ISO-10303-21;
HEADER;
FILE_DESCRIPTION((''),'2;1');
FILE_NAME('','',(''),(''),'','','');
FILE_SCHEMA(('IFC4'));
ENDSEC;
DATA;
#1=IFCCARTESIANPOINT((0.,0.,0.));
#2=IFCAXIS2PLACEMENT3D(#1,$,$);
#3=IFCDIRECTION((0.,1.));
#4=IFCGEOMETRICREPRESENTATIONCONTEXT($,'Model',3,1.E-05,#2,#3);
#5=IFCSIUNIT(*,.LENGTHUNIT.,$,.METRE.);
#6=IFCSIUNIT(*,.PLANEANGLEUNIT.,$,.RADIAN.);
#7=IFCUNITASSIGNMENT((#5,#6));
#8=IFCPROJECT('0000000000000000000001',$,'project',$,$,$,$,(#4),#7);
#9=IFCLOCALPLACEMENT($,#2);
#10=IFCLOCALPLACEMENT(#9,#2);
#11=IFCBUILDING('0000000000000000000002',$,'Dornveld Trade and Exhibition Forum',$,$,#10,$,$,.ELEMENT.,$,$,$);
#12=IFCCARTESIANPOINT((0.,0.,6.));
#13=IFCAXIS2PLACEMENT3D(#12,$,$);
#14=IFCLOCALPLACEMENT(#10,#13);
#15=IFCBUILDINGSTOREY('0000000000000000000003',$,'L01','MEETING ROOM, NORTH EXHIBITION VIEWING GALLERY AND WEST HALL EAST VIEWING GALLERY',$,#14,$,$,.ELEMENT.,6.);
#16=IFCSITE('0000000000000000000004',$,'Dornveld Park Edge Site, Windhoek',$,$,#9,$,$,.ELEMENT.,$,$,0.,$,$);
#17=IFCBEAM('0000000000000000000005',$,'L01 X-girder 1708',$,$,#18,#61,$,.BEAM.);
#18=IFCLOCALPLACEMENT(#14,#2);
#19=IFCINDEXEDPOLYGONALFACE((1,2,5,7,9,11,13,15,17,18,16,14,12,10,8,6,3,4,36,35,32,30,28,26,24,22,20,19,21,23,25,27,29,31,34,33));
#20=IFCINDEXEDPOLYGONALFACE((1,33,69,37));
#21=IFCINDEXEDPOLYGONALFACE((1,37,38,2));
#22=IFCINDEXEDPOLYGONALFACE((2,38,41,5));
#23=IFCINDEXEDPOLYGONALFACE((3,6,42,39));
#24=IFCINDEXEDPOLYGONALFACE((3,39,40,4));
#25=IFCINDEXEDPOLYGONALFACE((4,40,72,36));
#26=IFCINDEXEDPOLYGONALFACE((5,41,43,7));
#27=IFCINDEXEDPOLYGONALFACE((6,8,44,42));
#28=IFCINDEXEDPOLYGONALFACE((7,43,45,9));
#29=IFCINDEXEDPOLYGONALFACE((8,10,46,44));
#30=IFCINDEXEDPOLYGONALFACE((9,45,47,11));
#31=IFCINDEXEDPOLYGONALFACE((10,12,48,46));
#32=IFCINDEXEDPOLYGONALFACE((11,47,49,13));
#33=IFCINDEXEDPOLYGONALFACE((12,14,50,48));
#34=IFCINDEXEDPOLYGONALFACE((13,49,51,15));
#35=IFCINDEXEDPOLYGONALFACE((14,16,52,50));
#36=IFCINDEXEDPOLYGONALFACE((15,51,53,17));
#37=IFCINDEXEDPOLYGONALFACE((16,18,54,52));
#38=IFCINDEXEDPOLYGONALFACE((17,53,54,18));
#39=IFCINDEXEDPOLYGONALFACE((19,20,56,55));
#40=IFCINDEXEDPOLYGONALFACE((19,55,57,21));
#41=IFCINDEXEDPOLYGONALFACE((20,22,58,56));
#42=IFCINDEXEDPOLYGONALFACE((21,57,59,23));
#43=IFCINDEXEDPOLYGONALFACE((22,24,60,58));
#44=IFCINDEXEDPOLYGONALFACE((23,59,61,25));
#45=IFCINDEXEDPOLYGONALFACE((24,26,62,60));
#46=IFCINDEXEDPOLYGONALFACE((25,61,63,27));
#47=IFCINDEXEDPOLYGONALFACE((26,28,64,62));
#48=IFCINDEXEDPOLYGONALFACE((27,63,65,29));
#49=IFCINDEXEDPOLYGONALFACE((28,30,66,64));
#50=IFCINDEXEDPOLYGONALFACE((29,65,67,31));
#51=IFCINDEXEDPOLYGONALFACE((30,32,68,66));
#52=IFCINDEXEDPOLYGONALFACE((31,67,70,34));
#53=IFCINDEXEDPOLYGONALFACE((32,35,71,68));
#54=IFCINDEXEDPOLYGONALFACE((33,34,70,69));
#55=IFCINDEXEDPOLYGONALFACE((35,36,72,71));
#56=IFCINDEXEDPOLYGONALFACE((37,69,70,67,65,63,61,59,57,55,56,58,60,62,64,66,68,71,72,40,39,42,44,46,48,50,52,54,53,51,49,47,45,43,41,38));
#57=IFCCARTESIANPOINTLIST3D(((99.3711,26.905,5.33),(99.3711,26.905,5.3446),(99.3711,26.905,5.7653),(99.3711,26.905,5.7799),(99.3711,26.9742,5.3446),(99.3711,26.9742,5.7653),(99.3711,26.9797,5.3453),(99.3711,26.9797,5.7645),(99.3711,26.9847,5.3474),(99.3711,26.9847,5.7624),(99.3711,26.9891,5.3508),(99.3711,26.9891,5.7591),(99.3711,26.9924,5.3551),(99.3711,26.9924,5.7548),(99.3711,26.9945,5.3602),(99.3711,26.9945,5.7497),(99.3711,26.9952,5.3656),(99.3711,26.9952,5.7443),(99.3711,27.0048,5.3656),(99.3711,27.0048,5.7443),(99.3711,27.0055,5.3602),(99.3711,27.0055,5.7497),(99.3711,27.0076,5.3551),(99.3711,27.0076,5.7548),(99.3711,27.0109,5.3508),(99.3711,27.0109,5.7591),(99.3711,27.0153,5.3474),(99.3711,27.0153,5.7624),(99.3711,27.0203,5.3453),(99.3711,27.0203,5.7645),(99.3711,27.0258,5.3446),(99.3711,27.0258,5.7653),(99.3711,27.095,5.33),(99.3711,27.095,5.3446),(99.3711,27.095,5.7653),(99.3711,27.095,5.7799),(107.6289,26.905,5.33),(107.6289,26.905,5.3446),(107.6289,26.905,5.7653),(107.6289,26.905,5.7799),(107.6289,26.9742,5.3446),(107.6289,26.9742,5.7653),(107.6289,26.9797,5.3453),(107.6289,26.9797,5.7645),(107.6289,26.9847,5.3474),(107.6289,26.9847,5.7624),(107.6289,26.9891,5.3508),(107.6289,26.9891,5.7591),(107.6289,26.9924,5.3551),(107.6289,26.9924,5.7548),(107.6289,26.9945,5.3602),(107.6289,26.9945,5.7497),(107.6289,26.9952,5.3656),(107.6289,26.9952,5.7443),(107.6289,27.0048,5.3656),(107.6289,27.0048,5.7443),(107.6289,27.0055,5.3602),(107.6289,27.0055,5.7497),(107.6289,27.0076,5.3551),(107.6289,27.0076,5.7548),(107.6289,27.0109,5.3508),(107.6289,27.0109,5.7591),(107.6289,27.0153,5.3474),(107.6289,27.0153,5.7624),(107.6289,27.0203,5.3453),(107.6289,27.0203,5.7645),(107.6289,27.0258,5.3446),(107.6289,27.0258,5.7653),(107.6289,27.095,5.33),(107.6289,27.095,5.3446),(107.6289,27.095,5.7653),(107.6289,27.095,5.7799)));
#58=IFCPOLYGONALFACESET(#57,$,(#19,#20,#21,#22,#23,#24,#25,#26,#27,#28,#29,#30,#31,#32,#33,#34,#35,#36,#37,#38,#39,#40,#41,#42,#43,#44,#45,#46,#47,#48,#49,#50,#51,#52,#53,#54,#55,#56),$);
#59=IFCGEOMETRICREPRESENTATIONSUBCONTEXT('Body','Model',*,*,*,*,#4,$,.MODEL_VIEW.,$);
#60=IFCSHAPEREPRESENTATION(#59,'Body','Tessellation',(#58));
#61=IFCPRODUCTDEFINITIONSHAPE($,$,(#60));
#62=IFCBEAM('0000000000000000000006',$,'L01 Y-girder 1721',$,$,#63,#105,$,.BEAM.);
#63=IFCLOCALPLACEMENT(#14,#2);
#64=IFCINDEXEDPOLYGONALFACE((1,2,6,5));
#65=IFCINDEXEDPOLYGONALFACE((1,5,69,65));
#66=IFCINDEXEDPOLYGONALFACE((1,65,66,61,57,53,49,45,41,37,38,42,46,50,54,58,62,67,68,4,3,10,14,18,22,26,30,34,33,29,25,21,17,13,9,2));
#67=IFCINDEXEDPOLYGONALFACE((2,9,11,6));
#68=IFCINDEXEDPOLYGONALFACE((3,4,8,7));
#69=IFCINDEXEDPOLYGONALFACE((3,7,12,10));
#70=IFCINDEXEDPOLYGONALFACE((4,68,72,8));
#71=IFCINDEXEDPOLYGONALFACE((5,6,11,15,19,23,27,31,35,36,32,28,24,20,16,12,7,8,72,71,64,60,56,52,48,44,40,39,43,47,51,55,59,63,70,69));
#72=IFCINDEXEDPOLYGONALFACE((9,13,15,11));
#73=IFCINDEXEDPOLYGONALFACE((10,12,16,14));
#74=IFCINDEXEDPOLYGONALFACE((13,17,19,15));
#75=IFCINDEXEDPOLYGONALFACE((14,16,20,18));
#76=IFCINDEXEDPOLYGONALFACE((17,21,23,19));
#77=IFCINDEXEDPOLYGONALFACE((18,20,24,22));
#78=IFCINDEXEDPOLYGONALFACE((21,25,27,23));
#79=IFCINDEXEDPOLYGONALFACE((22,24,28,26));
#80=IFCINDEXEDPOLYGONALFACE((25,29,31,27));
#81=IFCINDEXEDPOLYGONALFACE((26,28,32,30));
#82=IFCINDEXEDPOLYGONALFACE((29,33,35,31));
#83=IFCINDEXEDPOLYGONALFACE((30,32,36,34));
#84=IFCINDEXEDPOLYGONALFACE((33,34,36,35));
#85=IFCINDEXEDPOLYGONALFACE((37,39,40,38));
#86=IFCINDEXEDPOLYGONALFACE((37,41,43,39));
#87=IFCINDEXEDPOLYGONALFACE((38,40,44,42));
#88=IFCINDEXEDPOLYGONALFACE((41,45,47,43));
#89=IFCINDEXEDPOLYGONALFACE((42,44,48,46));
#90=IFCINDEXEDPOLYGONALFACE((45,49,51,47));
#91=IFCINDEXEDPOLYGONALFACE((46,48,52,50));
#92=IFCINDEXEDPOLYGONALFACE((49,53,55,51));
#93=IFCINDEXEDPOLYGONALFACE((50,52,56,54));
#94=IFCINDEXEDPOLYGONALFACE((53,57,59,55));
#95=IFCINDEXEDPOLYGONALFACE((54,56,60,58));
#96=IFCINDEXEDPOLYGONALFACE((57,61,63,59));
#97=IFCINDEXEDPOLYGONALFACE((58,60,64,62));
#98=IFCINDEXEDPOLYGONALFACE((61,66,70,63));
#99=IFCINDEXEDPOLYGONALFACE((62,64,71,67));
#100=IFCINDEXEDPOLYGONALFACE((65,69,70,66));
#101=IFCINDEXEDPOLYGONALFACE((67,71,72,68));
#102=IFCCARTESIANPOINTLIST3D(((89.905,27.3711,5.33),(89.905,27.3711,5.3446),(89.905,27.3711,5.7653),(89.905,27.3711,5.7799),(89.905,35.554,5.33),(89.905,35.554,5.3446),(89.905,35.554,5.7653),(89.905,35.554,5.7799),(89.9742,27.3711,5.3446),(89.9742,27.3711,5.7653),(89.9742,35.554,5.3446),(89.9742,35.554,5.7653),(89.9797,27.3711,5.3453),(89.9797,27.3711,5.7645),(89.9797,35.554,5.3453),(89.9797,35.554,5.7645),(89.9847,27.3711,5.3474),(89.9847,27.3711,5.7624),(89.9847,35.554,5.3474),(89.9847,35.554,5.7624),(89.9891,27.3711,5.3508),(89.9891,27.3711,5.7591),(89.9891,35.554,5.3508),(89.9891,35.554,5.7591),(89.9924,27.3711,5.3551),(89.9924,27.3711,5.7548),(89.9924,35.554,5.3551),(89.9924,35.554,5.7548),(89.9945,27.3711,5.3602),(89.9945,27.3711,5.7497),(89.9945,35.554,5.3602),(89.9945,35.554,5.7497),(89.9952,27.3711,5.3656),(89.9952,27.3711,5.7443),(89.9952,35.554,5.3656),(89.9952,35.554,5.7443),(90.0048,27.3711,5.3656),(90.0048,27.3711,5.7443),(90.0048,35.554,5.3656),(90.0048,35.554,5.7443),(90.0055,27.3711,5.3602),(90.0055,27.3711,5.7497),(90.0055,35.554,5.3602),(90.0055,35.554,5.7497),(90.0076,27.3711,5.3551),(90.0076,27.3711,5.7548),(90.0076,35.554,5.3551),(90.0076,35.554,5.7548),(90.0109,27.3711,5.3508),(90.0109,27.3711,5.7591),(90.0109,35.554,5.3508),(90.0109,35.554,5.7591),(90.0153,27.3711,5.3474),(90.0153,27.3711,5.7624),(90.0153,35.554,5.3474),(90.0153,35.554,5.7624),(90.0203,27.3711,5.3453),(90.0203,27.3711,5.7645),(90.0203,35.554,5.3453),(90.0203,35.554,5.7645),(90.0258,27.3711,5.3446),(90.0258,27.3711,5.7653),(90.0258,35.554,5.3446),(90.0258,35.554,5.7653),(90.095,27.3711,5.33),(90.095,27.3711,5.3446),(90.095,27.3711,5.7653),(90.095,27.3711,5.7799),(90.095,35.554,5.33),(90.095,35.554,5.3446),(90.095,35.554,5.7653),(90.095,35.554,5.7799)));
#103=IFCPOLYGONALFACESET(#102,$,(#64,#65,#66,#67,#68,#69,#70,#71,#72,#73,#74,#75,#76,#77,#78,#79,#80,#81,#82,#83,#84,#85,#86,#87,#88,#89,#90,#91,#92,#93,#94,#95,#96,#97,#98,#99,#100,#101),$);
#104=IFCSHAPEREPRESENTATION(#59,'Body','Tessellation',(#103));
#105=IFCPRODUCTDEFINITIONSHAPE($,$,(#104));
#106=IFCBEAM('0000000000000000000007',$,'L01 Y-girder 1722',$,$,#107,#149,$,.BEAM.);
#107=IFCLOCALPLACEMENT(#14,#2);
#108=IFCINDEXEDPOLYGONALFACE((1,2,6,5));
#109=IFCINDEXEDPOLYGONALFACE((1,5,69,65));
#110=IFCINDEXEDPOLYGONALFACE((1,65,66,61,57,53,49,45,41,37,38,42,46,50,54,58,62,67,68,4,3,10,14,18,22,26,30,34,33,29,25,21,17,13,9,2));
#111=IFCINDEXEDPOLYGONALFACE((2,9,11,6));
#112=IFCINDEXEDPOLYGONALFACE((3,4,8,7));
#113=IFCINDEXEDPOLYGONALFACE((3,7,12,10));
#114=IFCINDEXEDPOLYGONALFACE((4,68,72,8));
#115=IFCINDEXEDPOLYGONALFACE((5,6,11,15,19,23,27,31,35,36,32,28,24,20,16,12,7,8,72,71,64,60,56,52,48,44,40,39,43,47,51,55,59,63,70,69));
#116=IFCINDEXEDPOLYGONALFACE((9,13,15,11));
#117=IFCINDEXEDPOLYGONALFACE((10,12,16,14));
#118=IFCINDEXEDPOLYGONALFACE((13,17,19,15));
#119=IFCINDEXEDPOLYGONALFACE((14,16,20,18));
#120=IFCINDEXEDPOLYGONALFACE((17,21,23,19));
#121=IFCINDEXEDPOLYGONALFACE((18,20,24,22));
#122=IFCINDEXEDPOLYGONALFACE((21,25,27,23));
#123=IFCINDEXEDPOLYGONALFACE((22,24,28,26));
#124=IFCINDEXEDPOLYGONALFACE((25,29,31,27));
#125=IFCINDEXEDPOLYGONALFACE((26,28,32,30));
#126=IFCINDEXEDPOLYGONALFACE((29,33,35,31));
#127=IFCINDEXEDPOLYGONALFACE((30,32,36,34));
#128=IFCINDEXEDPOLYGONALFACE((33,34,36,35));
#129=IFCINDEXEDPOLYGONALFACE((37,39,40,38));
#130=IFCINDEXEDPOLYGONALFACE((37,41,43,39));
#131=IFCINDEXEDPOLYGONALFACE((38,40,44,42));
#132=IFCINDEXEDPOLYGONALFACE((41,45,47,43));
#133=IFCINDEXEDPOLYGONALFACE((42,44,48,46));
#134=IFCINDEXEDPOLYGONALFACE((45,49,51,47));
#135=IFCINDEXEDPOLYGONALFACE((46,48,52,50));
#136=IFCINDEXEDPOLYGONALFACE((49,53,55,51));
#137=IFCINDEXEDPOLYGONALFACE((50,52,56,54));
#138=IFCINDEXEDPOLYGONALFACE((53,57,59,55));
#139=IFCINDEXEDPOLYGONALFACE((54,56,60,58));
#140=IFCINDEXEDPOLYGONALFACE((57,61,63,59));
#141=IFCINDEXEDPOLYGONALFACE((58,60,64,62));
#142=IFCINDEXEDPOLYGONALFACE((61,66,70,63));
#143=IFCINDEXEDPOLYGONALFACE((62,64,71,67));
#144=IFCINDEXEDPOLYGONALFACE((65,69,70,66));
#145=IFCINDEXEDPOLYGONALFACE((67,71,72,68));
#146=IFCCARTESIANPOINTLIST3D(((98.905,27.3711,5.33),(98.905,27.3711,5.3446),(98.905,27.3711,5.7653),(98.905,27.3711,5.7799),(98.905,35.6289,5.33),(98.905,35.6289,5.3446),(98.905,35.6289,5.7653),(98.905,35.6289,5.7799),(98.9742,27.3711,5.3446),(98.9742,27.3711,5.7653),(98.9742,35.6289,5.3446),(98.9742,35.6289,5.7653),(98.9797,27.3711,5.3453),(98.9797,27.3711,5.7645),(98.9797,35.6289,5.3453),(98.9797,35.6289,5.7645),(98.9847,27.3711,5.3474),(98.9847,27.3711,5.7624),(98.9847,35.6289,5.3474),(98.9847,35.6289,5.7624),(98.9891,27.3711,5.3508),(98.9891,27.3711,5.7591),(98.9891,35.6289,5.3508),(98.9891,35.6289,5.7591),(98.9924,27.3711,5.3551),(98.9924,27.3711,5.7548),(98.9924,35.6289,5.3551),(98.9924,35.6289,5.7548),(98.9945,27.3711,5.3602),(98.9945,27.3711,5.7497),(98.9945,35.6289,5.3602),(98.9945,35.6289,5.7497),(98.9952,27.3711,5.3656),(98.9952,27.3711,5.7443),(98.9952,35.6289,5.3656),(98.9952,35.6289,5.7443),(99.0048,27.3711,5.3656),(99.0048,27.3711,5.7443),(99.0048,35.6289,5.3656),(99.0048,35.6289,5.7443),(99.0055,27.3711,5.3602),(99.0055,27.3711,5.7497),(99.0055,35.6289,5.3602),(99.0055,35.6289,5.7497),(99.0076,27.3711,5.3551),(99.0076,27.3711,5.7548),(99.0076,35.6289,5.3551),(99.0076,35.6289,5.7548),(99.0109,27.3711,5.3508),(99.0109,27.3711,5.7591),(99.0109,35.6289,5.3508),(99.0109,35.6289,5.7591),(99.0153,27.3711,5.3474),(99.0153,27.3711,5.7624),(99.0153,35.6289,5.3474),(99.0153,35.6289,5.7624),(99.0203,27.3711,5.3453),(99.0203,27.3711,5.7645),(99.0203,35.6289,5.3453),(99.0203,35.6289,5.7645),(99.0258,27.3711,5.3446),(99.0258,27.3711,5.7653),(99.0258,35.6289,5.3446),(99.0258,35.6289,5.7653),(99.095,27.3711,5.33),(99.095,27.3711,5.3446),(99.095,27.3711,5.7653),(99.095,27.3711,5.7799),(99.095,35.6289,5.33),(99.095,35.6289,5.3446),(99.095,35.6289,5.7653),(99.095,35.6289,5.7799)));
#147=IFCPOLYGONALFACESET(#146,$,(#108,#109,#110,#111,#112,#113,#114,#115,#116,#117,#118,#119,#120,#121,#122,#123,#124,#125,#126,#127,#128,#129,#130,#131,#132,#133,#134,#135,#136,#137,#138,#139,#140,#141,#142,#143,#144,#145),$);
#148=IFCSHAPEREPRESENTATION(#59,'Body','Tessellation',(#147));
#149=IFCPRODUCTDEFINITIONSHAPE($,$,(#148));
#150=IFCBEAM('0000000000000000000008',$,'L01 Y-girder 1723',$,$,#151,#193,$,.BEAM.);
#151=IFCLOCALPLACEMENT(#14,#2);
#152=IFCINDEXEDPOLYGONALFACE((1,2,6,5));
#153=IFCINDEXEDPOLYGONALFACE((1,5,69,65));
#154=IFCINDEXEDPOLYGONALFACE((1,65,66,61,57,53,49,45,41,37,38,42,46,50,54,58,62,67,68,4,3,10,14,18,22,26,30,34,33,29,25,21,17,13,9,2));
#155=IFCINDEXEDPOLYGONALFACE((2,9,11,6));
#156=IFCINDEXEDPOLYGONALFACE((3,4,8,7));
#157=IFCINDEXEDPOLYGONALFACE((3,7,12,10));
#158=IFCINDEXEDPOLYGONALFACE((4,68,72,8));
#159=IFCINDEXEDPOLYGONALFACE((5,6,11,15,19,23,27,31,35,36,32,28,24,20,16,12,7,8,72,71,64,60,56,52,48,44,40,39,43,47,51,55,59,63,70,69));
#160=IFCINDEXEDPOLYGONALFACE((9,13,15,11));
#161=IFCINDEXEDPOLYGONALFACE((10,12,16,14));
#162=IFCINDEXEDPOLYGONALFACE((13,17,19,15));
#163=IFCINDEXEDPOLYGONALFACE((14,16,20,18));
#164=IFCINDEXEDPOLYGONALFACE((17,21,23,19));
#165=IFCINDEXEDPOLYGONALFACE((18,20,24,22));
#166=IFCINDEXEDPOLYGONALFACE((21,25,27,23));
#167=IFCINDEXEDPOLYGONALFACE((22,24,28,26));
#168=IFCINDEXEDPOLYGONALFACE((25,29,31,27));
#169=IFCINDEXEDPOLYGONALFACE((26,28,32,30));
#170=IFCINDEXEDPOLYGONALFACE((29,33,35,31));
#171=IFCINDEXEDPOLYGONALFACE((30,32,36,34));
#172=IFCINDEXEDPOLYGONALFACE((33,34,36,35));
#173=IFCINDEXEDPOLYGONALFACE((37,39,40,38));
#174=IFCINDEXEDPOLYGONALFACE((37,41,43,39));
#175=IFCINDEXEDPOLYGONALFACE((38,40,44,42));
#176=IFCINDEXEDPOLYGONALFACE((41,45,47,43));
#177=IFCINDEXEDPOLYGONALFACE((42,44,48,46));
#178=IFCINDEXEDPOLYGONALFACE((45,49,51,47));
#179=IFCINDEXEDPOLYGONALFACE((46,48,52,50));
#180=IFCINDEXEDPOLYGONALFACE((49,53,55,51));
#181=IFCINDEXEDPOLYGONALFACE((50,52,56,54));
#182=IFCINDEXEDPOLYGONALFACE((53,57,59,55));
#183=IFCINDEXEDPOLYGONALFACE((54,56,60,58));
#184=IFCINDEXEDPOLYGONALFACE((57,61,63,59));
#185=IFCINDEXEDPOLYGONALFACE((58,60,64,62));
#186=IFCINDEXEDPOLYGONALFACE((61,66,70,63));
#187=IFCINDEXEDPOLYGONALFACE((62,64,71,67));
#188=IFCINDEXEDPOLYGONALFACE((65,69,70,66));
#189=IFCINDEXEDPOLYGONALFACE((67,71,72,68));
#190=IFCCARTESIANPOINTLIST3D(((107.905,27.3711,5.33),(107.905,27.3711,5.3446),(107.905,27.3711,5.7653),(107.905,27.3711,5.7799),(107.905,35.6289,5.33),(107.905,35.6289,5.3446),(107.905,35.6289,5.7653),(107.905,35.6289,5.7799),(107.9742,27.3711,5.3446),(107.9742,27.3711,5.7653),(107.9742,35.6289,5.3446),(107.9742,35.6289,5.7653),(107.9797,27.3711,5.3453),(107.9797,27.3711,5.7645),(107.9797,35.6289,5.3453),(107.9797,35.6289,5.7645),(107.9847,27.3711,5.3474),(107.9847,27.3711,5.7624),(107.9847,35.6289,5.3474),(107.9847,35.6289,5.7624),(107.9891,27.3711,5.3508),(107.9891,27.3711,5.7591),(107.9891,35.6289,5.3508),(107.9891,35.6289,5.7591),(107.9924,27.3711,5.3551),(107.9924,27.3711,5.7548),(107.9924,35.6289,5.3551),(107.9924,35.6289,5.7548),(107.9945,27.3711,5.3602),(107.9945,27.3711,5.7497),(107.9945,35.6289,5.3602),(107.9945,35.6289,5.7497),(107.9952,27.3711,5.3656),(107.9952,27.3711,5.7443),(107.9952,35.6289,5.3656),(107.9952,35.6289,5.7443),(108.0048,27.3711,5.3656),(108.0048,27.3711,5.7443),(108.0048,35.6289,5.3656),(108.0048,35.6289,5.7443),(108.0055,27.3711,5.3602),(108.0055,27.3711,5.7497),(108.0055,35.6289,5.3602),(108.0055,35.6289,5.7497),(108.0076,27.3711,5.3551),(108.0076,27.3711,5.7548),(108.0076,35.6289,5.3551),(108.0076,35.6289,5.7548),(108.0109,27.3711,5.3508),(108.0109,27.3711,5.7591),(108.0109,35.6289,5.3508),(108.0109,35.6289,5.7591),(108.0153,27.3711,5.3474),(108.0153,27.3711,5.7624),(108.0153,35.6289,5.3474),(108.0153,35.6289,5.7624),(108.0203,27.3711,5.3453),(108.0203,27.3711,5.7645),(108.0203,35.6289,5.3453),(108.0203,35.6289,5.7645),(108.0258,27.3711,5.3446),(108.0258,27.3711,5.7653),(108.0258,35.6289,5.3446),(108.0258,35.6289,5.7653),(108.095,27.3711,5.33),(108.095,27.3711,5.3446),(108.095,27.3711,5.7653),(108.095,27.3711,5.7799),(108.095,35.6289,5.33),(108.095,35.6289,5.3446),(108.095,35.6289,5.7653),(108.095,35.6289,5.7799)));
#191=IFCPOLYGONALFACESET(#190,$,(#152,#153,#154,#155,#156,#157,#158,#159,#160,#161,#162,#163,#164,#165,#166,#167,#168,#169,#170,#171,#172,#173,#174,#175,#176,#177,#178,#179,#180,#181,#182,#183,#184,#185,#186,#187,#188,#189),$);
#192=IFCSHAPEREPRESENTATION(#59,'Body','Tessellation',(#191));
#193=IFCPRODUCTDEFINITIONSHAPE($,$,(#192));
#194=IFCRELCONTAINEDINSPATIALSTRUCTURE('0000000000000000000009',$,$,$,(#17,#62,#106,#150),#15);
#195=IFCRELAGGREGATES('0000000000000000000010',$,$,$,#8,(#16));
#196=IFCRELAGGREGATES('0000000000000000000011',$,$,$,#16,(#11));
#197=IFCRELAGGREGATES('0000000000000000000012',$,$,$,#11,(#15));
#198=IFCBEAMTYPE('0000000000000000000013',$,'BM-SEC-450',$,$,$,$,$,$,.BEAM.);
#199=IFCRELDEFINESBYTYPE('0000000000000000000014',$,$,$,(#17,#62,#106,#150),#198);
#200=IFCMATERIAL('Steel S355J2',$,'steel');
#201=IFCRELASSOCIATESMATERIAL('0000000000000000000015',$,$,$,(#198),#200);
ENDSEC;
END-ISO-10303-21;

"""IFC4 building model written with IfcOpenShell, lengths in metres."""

from ifc_helpers import new_model, si_unit, direction, frame, origin, origin_2d, place, context, subcontext, project, spatial, i_section, extrude, material, material_profile, profile_set, type_object, element, save


model = new_model("IFC4")

# Units and contexts
model_context = context("Model", 3, precision=1e-05, world=origin(), true_north=direction((0.0, 1.0)))
body_context = subcontext(model_context, "Body", "Model", "MODEL_VIEW")
ifc_project = project(units=[si_unit("LENGTHUNIT", "METRE"), si_unit("PLANEANGLEUNIT", "RADIAN")], contexts=[model_context])

# Site, building, storey
site_placement = place(None, origin())
site = spatial("IfcSite", under=ifc_project, at=site_placement, Name="Dornveld Park Edge Site, Windhoek", CompositionType="ELEMENT", RefElevation=0.0)
building_placement = place(site_placement, origin())
building = spatial("IfcBuilding", under=site, at=building_placement, Name="Dornveld Trade and Exhibition Forum", CompositionType="ELEMENT")
storey_placement = place(building_placement, frame((0.0, 0.0, 6.0)))
storey = spatial("IfcBuildingStorey", under=building, at=storey_placement, Name="L01", Description="MEETING ROOM, NORTH EXHIBITION VIEWING GALLERY AND WEST HALL EAST VIEWING GALLERY", CompositionType="ELEMENT", Elevation=6.0)

# Beams
ifc_material_1 = material(Name="Steel S355J2", Category="steel")
ifc_material_profile_1 = material_profile(ifc_material_1, i_section(OverallWidth=0.1899, OverallDepth=0.45, WebThickness=0.0095, FlangeThickness=0.0146, FilletRadius=0.021, at=origin_2d()), Name="IPE 450")
ifc_profile_set_1 = profile_set([ifc_material_profile_1], Name="Steel S355J2")
beam_type_1 = type_object("IfcBeamType", Name="BM-SEC-450", PredefinedType="BEAM", material=ifc_profile_set_1)
for number, where, z_axis, x_axis, name in (
    (1, (99.3711, 27.0, 5.5549), (1.0, 0.0, 0.0), (0.0, 1.0, 0.0), "L01 X-girder 1708"),
):
    element("IfcBeam", number, at=place(storey_placement, frame(where, z_axis=z_axis, x_axis=x_axis)), inside=storey, type_object=beam_type_1, Name=name, PredefinedType="BEAM", context=body_context, shape_type="SweptSolid", body=[
        extrude(i_section(OverallWidth=0.1899, OverallDepth=0.45, WebThickness=0.0095, FlangeThickness=0.0146, FilletRadius=0.021, at=origin_2d()), origin(), (0.0, 0.0, 1.0), 8.2578),
    ])
beam_1_placement = place(storey_placement, frame((90.0, 27.3711, 5.5549), z_axis=(0.0, 1.0, 0.0), x_axis=(-1.0, 0.0, 0.0)))
element("IfcBeam", 2, at=beam_1_placement, inside=storey, type_object=beam_type_1, Name="L01 Y-girder 1721", PredefinedType="BEAM", context=body_context, shape_type="SweptSolid", body=[
    extrude(i_section(OverallWidth=0.1899, OverallDepth=0.45, WebThickness=0.0095, FlangeThickness=0.0146, FilletRadius=0.021, at=origin_2d()), origin(), (0.0, 0.0, 1.0), 8.1829),
])
for number, where, z_axis, x_axis, name in (
    (3, (99.0, 27.3711, 5.5549), (0.0, 1.0, 0.0), (-1.0, 0.0, 0.0), "L01 Y-girder 1722"),
    (4, (108.0, 27.3711, 5.5549), (0.0, 1.0, 0.0), (-1.0, 0.0, 0.0), "L01 Y-girder 1723"),
):
    element("IfcBeam", number, at=place(storey_placement, frame(where, z_axis=z_axis, x_axis=x_axis)), inside=storey, type_object=beam_type_1, Name=name, PredefinedType="BEAM", context=body_context, shape_type="SweptSolid", body=[
        extrude(i_section(OverallWidth=0.1899, OverallDepth=0.45, WebThickness=0.0095, FlangeThickness=0.0146, FilletRadius=0.021, at=origin_2d()), origin(), (0.0, 0.0, 1.0), 8.2578),
    ])

save(model, "model.ifc")
